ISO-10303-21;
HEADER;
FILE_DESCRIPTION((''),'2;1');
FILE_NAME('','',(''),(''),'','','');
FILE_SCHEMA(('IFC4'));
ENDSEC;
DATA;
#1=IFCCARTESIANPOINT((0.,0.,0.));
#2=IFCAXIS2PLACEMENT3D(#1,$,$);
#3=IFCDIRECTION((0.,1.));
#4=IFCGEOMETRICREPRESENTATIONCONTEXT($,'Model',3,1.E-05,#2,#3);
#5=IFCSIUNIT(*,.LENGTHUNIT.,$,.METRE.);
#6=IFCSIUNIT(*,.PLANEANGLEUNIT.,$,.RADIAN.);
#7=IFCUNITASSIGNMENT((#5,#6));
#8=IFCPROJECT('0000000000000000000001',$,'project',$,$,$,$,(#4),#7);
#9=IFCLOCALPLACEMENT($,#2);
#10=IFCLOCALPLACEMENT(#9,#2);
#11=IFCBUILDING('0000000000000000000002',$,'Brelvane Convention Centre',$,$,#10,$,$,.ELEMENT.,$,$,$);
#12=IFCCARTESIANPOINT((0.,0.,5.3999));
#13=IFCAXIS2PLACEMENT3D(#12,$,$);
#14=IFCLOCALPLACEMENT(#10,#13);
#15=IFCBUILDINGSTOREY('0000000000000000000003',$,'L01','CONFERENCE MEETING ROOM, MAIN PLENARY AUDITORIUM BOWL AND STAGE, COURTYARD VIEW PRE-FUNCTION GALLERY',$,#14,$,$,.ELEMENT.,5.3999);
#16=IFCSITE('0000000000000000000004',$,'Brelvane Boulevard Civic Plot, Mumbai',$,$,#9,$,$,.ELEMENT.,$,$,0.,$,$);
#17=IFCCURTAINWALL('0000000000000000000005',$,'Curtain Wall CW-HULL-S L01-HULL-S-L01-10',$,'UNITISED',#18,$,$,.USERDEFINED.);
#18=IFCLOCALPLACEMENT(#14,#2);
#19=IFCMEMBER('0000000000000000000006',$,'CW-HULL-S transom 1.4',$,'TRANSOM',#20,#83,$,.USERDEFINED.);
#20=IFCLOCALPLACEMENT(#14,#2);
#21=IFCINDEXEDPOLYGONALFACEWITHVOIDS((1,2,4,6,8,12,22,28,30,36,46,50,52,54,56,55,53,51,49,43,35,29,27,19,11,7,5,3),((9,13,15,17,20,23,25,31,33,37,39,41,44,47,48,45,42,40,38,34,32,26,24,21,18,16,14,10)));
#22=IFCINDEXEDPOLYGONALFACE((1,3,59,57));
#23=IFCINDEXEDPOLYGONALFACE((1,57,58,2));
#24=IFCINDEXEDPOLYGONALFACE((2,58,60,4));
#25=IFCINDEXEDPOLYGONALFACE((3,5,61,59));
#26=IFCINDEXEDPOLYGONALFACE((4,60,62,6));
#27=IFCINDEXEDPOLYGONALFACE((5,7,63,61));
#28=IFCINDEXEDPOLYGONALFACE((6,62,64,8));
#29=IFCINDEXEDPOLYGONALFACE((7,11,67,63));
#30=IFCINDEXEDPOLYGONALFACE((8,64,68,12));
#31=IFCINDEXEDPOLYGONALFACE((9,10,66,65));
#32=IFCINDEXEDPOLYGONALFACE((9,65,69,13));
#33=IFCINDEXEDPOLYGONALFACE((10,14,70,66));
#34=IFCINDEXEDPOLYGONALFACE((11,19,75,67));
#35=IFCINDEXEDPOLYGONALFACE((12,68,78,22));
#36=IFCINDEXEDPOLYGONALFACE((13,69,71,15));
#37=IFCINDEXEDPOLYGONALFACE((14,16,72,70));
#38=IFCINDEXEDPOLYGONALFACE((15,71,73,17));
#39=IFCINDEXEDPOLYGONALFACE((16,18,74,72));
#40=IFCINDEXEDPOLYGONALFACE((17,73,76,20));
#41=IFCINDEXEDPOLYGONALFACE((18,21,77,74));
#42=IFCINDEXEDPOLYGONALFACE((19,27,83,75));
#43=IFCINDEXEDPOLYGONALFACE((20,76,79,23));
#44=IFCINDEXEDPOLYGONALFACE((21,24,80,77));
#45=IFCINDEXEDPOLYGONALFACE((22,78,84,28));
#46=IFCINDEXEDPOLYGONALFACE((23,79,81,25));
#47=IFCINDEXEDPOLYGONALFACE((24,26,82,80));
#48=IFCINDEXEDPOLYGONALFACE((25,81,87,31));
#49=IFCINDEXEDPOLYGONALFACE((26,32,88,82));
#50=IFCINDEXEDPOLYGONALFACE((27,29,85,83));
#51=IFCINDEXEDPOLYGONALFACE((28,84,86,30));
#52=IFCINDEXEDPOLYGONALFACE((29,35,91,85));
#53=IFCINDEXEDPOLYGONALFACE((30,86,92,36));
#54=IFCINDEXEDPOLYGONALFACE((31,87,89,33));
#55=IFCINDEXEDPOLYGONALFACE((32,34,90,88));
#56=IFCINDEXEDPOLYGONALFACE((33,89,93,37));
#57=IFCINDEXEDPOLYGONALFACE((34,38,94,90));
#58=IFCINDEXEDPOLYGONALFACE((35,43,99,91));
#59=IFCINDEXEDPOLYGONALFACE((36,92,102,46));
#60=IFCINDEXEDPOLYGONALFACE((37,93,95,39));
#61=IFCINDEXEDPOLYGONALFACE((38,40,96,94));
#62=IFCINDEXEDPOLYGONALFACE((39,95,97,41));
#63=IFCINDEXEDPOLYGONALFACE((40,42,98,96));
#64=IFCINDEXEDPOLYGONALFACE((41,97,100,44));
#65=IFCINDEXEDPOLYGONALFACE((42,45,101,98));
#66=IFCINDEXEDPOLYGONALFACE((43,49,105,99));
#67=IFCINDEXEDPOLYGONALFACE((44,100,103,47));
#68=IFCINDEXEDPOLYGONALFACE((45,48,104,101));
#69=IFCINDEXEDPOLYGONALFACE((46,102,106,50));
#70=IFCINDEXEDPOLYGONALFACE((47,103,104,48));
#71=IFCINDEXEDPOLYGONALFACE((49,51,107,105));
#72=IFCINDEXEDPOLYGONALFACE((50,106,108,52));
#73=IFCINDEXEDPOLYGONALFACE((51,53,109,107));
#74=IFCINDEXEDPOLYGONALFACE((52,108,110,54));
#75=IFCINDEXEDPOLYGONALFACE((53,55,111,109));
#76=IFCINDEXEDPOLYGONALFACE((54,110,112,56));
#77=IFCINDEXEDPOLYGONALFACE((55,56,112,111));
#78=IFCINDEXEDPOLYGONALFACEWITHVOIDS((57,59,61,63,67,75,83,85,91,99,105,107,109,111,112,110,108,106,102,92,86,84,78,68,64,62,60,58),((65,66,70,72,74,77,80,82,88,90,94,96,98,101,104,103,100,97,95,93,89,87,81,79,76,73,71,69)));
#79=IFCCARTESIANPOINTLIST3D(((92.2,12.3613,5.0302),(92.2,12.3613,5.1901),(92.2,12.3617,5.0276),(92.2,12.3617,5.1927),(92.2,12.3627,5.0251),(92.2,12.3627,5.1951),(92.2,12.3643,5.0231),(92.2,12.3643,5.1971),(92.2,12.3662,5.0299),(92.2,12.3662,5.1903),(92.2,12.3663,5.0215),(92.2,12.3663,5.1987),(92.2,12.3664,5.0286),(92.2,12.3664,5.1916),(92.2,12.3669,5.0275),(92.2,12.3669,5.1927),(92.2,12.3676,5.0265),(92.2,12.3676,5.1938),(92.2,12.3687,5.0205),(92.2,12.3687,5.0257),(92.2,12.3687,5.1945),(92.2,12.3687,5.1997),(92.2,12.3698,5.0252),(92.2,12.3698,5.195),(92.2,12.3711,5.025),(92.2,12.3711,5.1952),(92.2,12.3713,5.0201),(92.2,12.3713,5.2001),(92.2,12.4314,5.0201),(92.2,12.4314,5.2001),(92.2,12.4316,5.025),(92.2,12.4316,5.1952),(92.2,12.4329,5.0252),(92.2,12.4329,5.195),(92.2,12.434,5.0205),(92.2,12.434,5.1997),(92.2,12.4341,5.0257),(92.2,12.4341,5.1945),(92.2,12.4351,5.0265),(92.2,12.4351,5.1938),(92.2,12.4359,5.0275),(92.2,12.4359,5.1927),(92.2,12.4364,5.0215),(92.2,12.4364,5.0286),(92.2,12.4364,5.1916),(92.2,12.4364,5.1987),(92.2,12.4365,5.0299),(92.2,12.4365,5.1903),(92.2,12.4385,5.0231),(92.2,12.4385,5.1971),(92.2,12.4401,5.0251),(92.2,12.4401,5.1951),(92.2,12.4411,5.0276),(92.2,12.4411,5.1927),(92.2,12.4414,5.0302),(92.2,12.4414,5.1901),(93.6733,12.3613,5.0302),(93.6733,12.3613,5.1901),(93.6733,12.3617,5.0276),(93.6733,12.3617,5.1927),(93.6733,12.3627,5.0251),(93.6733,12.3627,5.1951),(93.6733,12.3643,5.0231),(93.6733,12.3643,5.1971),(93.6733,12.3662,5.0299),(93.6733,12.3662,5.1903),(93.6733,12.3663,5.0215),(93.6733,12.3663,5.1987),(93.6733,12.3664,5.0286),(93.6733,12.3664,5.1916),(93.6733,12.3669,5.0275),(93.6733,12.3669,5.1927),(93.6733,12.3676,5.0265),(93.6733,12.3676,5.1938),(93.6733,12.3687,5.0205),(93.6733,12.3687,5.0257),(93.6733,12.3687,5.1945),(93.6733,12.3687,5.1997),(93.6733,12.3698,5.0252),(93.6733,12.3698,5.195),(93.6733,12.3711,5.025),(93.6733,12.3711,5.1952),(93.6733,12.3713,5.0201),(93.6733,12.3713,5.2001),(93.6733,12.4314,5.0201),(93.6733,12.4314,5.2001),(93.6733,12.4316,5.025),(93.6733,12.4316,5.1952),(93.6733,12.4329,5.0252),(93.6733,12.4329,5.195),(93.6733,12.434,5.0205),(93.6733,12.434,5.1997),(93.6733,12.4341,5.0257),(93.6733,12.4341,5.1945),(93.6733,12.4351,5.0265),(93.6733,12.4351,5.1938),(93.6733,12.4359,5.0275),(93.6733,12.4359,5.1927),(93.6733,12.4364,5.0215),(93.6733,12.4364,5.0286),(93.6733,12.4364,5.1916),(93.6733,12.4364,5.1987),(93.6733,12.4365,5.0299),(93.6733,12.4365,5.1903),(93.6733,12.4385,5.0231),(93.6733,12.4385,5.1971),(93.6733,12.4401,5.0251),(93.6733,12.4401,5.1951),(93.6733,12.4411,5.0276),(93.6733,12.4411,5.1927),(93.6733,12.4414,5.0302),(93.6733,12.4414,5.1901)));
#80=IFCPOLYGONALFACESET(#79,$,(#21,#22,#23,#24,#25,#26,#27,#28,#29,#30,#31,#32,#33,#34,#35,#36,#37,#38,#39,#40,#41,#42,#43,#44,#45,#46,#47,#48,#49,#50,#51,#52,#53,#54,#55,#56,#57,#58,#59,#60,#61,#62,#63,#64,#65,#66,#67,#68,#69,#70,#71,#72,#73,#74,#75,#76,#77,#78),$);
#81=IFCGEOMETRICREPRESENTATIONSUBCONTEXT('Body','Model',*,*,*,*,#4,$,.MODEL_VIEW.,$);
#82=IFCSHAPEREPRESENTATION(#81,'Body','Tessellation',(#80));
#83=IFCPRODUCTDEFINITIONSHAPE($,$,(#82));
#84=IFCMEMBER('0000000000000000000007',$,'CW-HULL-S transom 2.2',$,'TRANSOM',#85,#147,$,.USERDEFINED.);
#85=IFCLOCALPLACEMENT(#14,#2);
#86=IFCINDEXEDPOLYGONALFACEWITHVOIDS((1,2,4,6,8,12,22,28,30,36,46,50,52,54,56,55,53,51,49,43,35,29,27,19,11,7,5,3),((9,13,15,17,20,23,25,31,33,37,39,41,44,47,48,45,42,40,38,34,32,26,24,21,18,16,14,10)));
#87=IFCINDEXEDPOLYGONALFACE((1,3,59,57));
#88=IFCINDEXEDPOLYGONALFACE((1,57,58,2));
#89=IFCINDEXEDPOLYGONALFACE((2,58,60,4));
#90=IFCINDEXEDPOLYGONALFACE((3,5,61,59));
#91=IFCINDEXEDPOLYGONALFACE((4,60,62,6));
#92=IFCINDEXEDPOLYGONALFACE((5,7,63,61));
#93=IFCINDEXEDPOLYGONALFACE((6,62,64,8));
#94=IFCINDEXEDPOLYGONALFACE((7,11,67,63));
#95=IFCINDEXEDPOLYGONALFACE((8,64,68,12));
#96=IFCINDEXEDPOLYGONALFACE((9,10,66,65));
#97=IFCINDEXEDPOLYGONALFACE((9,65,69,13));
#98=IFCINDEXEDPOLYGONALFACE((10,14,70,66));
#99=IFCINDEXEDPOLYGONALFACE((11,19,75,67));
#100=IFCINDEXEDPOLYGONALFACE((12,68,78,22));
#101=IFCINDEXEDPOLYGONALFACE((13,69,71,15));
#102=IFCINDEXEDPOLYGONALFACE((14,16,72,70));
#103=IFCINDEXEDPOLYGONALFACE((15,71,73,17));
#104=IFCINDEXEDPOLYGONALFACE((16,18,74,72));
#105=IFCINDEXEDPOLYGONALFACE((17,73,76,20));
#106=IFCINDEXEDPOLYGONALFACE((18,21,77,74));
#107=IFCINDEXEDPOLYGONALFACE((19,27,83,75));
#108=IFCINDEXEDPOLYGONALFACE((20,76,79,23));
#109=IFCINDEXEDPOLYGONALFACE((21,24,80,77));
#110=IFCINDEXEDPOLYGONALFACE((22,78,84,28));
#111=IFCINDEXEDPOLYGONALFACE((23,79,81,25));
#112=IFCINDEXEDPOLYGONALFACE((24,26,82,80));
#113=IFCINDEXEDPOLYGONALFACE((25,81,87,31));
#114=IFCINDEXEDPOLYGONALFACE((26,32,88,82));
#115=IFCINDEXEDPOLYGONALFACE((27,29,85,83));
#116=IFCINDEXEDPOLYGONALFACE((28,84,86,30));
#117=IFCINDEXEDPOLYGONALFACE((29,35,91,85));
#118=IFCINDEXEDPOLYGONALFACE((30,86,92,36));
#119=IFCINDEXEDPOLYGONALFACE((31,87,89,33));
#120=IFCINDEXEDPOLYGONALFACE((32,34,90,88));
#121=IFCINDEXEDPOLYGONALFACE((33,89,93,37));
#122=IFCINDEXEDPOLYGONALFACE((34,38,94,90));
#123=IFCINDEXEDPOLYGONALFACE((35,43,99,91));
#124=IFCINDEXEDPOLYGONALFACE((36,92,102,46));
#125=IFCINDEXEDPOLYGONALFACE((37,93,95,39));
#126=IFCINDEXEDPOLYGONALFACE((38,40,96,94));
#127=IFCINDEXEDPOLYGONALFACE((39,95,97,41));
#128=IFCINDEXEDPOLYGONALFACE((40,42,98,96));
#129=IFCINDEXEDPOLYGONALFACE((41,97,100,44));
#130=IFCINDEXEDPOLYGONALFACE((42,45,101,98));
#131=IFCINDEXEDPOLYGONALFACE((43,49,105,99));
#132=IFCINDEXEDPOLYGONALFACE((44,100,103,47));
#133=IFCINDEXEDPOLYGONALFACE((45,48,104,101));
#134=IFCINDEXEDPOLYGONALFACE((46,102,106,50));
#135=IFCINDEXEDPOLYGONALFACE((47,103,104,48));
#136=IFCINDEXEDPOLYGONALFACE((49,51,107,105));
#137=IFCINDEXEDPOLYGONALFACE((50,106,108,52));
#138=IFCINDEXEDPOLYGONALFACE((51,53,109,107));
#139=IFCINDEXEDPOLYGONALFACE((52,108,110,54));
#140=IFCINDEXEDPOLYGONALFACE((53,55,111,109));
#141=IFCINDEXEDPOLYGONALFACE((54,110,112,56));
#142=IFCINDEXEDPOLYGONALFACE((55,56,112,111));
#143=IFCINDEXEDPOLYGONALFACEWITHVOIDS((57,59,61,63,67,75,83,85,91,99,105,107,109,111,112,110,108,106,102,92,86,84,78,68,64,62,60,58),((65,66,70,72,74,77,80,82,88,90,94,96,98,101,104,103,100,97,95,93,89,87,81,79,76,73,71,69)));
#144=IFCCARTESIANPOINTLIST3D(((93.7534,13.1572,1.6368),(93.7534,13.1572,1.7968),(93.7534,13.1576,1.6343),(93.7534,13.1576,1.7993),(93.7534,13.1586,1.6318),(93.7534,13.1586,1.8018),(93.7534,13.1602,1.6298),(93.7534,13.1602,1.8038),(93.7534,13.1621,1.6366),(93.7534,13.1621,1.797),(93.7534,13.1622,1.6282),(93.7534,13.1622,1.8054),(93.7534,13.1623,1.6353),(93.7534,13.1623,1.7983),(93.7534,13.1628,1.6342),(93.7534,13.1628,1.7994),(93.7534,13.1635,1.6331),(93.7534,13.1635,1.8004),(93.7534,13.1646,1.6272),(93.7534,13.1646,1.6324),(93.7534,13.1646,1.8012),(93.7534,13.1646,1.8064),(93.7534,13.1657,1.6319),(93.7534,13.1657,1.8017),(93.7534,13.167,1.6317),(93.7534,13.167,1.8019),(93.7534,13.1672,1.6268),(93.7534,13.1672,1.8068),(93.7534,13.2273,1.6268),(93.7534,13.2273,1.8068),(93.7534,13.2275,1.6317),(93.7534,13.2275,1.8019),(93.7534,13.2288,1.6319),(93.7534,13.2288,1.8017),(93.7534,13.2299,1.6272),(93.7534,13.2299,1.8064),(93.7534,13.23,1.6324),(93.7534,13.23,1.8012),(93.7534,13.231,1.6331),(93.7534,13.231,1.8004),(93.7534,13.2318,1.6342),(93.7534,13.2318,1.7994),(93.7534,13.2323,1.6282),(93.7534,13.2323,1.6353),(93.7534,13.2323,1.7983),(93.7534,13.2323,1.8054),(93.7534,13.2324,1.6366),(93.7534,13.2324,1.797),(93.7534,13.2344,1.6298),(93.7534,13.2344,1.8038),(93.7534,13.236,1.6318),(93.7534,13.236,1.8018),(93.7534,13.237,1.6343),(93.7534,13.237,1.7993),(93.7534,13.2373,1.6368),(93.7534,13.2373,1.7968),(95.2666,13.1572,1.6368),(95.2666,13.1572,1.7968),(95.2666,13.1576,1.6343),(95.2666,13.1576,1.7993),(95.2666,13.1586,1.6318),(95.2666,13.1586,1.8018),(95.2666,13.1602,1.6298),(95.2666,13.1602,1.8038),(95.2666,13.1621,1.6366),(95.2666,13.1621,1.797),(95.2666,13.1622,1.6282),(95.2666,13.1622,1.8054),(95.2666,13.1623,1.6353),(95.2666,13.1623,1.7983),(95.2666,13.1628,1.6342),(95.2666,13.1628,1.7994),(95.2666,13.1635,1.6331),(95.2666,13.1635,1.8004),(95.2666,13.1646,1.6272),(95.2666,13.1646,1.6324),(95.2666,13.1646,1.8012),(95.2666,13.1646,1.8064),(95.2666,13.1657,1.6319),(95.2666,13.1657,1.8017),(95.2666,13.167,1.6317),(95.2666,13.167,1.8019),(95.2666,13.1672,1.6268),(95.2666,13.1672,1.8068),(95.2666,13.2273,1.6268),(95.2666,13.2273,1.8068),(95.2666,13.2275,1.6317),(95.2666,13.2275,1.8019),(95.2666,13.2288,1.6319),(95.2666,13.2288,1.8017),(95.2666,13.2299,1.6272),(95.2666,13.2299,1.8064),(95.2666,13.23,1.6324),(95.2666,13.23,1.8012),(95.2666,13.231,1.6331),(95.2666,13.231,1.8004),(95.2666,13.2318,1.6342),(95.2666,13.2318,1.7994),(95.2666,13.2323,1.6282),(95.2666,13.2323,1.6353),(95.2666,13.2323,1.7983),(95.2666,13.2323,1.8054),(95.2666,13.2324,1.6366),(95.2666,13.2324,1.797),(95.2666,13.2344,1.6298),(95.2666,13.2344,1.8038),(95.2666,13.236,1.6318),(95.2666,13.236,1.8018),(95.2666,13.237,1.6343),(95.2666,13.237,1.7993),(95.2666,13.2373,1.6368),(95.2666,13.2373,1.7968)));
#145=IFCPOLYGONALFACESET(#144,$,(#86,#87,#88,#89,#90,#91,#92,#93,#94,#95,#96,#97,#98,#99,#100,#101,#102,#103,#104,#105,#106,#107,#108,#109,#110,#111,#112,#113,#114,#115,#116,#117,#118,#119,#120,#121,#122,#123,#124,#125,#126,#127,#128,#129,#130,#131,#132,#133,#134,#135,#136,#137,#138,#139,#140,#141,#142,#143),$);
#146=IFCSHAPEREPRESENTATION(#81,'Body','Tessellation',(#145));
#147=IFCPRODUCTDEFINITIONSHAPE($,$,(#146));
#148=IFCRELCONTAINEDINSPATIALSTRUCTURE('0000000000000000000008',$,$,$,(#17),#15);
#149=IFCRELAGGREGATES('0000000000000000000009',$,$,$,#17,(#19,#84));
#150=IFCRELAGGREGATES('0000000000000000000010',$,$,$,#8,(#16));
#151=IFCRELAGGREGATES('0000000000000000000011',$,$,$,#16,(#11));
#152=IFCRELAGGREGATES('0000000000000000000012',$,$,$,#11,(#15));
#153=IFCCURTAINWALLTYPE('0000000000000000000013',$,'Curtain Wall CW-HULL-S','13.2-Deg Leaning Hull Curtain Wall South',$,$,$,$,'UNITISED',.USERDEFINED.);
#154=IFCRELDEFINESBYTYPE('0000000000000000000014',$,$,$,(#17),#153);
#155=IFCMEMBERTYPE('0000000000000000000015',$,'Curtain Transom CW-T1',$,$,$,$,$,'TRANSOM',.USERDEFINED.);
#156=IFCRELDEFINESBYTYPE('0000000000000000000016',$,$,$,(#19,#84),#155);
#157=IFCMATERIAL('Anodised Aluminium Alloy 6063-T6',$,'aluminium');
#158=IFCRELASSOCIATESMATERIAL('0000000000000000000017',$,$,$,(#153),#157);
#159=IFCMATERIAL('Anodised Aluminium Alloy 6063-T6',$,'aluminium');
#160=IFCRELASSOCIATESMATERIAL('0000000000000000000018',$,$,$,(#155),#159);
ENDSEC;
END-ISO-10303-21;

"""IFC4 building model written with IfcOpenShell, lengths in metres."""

from ifc_helpers import new_model, si_unit, direction, frame, origin, origin_2d, place, context, subcontext, project, spatial, hollow_rectangle, extrude, material, material_profile, profile_set, type_object, element, aggregate, save


model = new_model("IFC4")

# Units and contexts
model_context = context("Model", 3, precision=1e-05, world=origin(), true_north=direction((0.0, 1.0)))
body_context = subcontext(model_context, "Body", "Model", "MODEL_VIEW")
ifc_project = project(units=[si_unit("LENGTHUNIT", "METRE"), si_unit("PLANEANGLEUNIT", "RADIAN")], contexts=[model_context])

# Site, building, storey
site_placement = place(None, origin())
site = spatial("IfcSite", under=ifc_project, at=site_placement, Name="Brelvane Boulevard Civic Plot, Mumbai", CompositionType="ELEMENT", RefElevation=0.0)
building_placement = place(site_placement, origin())
building = spatial("IfcBuilding", under=site, at=building_placement, Name="Brelvane Convention Centre", CompositionType="ELEMENT")
storey_placement = place(building_placement, frame((0.0, 0.0, 5.3999)))
storey = spatial("IfcBuildingStorey", under=building, at=storey_placement, Name="L01", Description="CONFERENCE MEETING ROOM, MAIN PLENARY AUDITORIUM BOWL AND STAGE, COURTYARD VIEW PRE-FUNCTION GALLERY", CompositionType="ELEMENT", Elevation=5.3999)

# Curtain wall, members
ifc_material_1 = material(Name="Anodised Aluminium Alloy 6063-T6", Category="aluminium")
curtain_wall_type = type_object("IfcCurtainWallType", Name="Curtain Wall CW-HULL-S", Description="13.2-Deg Leaning Hull Curtain Wall South", ElementType="UNITISED", PredefinedType="USERDEFINED", material=ifc_material_1)
ifc_material_2 = material(Name="Anodised Aluminium Alloy 6063-T6", Category="aluminium")
ifc_material_profile = material_profile(ifc_material_2, hollow_rectangle(XDim=0.0801, YDim=0.1799, WallThickness=0.0049, InnerFilletRadius=0.0049, OuterFilletRadius=0.01, at=origin_2d()), Name="ALU-T 180x80x5.0")
ifc_profile_set = profile_set([ifc_material_profile], Name="Anodised Aluminium Alloy 6063-T6")
member_type = type_object("IfcMemberType", Name="Curtain Transom CW-T1", ElementType="TRANSOM", PredefinedType="USERDEFINED", material=ifc_profile_set)
curtain_wall_1_placement = place(storey_placement, origin())
curtain_wall_1 = element("IfcCurtainWall", 1, at=curtain_wall_1_placement, inside=storey, type_object=curtain_wall_type, Name="Curtain Wall CW-HULL-S L01-HULL-S-L01-10", ObjectType="UNITISED", PredefinedType="USERDEFINED")
member_1_placement = place(storey_placement, frame((92.2, 12.4014, 5.1101), z_axis=(1.0, 0.0, 0.0), x_axis=(0.0, 1.0, 0.0)))
member_1 = element("IfcMember", 2, at=member_1_placement, type_object=member_type, Name="CW-HULL-S transom 1.4", ObjectType="TRANSOM", PredefinedType="USERDEFINED", context=body_context, shape_type="SweptSolid", body=[
    extrude(hollow_rectangle(XDim=0.0801, YDim=0.1799, WallThickness=0.0049, InnerFilletRadius=0.0049, OuterFilletRadius=0.01, at=origin_2d()), origin(), (0.0, 0.0, 1.0), 1.4734),
])
member_2_placement = place(storey_placement, frame((93.7534, 13.1973, 1.7168), z_axis=(1.0, 0.0, 0.0), x_axis=(0.0, 1.0, 0.0)))
member_2 = element("IfcMember", 3, at=member_2_placement, type_object=member_type, Name="CW-HULL-S transom 2.2", ObjectType="TRANSOM", PredefinedType="USERDEFINED", context=body_context, shape_type="SweptSolid", body=[
    extrude(hollow_rectangle(XDim=0.0801, YDim=0.1799, WallThickness=0.0049, InnerFilletRadius=0.0049, OuterFilletRadius=0.01, at=origin_2d()), origin(), (0.0, 0.0, 1.0), 1.5132),
])

aggregate(curtain_wall_1, [member_1, member_2])

save(model, "model.ifc")
